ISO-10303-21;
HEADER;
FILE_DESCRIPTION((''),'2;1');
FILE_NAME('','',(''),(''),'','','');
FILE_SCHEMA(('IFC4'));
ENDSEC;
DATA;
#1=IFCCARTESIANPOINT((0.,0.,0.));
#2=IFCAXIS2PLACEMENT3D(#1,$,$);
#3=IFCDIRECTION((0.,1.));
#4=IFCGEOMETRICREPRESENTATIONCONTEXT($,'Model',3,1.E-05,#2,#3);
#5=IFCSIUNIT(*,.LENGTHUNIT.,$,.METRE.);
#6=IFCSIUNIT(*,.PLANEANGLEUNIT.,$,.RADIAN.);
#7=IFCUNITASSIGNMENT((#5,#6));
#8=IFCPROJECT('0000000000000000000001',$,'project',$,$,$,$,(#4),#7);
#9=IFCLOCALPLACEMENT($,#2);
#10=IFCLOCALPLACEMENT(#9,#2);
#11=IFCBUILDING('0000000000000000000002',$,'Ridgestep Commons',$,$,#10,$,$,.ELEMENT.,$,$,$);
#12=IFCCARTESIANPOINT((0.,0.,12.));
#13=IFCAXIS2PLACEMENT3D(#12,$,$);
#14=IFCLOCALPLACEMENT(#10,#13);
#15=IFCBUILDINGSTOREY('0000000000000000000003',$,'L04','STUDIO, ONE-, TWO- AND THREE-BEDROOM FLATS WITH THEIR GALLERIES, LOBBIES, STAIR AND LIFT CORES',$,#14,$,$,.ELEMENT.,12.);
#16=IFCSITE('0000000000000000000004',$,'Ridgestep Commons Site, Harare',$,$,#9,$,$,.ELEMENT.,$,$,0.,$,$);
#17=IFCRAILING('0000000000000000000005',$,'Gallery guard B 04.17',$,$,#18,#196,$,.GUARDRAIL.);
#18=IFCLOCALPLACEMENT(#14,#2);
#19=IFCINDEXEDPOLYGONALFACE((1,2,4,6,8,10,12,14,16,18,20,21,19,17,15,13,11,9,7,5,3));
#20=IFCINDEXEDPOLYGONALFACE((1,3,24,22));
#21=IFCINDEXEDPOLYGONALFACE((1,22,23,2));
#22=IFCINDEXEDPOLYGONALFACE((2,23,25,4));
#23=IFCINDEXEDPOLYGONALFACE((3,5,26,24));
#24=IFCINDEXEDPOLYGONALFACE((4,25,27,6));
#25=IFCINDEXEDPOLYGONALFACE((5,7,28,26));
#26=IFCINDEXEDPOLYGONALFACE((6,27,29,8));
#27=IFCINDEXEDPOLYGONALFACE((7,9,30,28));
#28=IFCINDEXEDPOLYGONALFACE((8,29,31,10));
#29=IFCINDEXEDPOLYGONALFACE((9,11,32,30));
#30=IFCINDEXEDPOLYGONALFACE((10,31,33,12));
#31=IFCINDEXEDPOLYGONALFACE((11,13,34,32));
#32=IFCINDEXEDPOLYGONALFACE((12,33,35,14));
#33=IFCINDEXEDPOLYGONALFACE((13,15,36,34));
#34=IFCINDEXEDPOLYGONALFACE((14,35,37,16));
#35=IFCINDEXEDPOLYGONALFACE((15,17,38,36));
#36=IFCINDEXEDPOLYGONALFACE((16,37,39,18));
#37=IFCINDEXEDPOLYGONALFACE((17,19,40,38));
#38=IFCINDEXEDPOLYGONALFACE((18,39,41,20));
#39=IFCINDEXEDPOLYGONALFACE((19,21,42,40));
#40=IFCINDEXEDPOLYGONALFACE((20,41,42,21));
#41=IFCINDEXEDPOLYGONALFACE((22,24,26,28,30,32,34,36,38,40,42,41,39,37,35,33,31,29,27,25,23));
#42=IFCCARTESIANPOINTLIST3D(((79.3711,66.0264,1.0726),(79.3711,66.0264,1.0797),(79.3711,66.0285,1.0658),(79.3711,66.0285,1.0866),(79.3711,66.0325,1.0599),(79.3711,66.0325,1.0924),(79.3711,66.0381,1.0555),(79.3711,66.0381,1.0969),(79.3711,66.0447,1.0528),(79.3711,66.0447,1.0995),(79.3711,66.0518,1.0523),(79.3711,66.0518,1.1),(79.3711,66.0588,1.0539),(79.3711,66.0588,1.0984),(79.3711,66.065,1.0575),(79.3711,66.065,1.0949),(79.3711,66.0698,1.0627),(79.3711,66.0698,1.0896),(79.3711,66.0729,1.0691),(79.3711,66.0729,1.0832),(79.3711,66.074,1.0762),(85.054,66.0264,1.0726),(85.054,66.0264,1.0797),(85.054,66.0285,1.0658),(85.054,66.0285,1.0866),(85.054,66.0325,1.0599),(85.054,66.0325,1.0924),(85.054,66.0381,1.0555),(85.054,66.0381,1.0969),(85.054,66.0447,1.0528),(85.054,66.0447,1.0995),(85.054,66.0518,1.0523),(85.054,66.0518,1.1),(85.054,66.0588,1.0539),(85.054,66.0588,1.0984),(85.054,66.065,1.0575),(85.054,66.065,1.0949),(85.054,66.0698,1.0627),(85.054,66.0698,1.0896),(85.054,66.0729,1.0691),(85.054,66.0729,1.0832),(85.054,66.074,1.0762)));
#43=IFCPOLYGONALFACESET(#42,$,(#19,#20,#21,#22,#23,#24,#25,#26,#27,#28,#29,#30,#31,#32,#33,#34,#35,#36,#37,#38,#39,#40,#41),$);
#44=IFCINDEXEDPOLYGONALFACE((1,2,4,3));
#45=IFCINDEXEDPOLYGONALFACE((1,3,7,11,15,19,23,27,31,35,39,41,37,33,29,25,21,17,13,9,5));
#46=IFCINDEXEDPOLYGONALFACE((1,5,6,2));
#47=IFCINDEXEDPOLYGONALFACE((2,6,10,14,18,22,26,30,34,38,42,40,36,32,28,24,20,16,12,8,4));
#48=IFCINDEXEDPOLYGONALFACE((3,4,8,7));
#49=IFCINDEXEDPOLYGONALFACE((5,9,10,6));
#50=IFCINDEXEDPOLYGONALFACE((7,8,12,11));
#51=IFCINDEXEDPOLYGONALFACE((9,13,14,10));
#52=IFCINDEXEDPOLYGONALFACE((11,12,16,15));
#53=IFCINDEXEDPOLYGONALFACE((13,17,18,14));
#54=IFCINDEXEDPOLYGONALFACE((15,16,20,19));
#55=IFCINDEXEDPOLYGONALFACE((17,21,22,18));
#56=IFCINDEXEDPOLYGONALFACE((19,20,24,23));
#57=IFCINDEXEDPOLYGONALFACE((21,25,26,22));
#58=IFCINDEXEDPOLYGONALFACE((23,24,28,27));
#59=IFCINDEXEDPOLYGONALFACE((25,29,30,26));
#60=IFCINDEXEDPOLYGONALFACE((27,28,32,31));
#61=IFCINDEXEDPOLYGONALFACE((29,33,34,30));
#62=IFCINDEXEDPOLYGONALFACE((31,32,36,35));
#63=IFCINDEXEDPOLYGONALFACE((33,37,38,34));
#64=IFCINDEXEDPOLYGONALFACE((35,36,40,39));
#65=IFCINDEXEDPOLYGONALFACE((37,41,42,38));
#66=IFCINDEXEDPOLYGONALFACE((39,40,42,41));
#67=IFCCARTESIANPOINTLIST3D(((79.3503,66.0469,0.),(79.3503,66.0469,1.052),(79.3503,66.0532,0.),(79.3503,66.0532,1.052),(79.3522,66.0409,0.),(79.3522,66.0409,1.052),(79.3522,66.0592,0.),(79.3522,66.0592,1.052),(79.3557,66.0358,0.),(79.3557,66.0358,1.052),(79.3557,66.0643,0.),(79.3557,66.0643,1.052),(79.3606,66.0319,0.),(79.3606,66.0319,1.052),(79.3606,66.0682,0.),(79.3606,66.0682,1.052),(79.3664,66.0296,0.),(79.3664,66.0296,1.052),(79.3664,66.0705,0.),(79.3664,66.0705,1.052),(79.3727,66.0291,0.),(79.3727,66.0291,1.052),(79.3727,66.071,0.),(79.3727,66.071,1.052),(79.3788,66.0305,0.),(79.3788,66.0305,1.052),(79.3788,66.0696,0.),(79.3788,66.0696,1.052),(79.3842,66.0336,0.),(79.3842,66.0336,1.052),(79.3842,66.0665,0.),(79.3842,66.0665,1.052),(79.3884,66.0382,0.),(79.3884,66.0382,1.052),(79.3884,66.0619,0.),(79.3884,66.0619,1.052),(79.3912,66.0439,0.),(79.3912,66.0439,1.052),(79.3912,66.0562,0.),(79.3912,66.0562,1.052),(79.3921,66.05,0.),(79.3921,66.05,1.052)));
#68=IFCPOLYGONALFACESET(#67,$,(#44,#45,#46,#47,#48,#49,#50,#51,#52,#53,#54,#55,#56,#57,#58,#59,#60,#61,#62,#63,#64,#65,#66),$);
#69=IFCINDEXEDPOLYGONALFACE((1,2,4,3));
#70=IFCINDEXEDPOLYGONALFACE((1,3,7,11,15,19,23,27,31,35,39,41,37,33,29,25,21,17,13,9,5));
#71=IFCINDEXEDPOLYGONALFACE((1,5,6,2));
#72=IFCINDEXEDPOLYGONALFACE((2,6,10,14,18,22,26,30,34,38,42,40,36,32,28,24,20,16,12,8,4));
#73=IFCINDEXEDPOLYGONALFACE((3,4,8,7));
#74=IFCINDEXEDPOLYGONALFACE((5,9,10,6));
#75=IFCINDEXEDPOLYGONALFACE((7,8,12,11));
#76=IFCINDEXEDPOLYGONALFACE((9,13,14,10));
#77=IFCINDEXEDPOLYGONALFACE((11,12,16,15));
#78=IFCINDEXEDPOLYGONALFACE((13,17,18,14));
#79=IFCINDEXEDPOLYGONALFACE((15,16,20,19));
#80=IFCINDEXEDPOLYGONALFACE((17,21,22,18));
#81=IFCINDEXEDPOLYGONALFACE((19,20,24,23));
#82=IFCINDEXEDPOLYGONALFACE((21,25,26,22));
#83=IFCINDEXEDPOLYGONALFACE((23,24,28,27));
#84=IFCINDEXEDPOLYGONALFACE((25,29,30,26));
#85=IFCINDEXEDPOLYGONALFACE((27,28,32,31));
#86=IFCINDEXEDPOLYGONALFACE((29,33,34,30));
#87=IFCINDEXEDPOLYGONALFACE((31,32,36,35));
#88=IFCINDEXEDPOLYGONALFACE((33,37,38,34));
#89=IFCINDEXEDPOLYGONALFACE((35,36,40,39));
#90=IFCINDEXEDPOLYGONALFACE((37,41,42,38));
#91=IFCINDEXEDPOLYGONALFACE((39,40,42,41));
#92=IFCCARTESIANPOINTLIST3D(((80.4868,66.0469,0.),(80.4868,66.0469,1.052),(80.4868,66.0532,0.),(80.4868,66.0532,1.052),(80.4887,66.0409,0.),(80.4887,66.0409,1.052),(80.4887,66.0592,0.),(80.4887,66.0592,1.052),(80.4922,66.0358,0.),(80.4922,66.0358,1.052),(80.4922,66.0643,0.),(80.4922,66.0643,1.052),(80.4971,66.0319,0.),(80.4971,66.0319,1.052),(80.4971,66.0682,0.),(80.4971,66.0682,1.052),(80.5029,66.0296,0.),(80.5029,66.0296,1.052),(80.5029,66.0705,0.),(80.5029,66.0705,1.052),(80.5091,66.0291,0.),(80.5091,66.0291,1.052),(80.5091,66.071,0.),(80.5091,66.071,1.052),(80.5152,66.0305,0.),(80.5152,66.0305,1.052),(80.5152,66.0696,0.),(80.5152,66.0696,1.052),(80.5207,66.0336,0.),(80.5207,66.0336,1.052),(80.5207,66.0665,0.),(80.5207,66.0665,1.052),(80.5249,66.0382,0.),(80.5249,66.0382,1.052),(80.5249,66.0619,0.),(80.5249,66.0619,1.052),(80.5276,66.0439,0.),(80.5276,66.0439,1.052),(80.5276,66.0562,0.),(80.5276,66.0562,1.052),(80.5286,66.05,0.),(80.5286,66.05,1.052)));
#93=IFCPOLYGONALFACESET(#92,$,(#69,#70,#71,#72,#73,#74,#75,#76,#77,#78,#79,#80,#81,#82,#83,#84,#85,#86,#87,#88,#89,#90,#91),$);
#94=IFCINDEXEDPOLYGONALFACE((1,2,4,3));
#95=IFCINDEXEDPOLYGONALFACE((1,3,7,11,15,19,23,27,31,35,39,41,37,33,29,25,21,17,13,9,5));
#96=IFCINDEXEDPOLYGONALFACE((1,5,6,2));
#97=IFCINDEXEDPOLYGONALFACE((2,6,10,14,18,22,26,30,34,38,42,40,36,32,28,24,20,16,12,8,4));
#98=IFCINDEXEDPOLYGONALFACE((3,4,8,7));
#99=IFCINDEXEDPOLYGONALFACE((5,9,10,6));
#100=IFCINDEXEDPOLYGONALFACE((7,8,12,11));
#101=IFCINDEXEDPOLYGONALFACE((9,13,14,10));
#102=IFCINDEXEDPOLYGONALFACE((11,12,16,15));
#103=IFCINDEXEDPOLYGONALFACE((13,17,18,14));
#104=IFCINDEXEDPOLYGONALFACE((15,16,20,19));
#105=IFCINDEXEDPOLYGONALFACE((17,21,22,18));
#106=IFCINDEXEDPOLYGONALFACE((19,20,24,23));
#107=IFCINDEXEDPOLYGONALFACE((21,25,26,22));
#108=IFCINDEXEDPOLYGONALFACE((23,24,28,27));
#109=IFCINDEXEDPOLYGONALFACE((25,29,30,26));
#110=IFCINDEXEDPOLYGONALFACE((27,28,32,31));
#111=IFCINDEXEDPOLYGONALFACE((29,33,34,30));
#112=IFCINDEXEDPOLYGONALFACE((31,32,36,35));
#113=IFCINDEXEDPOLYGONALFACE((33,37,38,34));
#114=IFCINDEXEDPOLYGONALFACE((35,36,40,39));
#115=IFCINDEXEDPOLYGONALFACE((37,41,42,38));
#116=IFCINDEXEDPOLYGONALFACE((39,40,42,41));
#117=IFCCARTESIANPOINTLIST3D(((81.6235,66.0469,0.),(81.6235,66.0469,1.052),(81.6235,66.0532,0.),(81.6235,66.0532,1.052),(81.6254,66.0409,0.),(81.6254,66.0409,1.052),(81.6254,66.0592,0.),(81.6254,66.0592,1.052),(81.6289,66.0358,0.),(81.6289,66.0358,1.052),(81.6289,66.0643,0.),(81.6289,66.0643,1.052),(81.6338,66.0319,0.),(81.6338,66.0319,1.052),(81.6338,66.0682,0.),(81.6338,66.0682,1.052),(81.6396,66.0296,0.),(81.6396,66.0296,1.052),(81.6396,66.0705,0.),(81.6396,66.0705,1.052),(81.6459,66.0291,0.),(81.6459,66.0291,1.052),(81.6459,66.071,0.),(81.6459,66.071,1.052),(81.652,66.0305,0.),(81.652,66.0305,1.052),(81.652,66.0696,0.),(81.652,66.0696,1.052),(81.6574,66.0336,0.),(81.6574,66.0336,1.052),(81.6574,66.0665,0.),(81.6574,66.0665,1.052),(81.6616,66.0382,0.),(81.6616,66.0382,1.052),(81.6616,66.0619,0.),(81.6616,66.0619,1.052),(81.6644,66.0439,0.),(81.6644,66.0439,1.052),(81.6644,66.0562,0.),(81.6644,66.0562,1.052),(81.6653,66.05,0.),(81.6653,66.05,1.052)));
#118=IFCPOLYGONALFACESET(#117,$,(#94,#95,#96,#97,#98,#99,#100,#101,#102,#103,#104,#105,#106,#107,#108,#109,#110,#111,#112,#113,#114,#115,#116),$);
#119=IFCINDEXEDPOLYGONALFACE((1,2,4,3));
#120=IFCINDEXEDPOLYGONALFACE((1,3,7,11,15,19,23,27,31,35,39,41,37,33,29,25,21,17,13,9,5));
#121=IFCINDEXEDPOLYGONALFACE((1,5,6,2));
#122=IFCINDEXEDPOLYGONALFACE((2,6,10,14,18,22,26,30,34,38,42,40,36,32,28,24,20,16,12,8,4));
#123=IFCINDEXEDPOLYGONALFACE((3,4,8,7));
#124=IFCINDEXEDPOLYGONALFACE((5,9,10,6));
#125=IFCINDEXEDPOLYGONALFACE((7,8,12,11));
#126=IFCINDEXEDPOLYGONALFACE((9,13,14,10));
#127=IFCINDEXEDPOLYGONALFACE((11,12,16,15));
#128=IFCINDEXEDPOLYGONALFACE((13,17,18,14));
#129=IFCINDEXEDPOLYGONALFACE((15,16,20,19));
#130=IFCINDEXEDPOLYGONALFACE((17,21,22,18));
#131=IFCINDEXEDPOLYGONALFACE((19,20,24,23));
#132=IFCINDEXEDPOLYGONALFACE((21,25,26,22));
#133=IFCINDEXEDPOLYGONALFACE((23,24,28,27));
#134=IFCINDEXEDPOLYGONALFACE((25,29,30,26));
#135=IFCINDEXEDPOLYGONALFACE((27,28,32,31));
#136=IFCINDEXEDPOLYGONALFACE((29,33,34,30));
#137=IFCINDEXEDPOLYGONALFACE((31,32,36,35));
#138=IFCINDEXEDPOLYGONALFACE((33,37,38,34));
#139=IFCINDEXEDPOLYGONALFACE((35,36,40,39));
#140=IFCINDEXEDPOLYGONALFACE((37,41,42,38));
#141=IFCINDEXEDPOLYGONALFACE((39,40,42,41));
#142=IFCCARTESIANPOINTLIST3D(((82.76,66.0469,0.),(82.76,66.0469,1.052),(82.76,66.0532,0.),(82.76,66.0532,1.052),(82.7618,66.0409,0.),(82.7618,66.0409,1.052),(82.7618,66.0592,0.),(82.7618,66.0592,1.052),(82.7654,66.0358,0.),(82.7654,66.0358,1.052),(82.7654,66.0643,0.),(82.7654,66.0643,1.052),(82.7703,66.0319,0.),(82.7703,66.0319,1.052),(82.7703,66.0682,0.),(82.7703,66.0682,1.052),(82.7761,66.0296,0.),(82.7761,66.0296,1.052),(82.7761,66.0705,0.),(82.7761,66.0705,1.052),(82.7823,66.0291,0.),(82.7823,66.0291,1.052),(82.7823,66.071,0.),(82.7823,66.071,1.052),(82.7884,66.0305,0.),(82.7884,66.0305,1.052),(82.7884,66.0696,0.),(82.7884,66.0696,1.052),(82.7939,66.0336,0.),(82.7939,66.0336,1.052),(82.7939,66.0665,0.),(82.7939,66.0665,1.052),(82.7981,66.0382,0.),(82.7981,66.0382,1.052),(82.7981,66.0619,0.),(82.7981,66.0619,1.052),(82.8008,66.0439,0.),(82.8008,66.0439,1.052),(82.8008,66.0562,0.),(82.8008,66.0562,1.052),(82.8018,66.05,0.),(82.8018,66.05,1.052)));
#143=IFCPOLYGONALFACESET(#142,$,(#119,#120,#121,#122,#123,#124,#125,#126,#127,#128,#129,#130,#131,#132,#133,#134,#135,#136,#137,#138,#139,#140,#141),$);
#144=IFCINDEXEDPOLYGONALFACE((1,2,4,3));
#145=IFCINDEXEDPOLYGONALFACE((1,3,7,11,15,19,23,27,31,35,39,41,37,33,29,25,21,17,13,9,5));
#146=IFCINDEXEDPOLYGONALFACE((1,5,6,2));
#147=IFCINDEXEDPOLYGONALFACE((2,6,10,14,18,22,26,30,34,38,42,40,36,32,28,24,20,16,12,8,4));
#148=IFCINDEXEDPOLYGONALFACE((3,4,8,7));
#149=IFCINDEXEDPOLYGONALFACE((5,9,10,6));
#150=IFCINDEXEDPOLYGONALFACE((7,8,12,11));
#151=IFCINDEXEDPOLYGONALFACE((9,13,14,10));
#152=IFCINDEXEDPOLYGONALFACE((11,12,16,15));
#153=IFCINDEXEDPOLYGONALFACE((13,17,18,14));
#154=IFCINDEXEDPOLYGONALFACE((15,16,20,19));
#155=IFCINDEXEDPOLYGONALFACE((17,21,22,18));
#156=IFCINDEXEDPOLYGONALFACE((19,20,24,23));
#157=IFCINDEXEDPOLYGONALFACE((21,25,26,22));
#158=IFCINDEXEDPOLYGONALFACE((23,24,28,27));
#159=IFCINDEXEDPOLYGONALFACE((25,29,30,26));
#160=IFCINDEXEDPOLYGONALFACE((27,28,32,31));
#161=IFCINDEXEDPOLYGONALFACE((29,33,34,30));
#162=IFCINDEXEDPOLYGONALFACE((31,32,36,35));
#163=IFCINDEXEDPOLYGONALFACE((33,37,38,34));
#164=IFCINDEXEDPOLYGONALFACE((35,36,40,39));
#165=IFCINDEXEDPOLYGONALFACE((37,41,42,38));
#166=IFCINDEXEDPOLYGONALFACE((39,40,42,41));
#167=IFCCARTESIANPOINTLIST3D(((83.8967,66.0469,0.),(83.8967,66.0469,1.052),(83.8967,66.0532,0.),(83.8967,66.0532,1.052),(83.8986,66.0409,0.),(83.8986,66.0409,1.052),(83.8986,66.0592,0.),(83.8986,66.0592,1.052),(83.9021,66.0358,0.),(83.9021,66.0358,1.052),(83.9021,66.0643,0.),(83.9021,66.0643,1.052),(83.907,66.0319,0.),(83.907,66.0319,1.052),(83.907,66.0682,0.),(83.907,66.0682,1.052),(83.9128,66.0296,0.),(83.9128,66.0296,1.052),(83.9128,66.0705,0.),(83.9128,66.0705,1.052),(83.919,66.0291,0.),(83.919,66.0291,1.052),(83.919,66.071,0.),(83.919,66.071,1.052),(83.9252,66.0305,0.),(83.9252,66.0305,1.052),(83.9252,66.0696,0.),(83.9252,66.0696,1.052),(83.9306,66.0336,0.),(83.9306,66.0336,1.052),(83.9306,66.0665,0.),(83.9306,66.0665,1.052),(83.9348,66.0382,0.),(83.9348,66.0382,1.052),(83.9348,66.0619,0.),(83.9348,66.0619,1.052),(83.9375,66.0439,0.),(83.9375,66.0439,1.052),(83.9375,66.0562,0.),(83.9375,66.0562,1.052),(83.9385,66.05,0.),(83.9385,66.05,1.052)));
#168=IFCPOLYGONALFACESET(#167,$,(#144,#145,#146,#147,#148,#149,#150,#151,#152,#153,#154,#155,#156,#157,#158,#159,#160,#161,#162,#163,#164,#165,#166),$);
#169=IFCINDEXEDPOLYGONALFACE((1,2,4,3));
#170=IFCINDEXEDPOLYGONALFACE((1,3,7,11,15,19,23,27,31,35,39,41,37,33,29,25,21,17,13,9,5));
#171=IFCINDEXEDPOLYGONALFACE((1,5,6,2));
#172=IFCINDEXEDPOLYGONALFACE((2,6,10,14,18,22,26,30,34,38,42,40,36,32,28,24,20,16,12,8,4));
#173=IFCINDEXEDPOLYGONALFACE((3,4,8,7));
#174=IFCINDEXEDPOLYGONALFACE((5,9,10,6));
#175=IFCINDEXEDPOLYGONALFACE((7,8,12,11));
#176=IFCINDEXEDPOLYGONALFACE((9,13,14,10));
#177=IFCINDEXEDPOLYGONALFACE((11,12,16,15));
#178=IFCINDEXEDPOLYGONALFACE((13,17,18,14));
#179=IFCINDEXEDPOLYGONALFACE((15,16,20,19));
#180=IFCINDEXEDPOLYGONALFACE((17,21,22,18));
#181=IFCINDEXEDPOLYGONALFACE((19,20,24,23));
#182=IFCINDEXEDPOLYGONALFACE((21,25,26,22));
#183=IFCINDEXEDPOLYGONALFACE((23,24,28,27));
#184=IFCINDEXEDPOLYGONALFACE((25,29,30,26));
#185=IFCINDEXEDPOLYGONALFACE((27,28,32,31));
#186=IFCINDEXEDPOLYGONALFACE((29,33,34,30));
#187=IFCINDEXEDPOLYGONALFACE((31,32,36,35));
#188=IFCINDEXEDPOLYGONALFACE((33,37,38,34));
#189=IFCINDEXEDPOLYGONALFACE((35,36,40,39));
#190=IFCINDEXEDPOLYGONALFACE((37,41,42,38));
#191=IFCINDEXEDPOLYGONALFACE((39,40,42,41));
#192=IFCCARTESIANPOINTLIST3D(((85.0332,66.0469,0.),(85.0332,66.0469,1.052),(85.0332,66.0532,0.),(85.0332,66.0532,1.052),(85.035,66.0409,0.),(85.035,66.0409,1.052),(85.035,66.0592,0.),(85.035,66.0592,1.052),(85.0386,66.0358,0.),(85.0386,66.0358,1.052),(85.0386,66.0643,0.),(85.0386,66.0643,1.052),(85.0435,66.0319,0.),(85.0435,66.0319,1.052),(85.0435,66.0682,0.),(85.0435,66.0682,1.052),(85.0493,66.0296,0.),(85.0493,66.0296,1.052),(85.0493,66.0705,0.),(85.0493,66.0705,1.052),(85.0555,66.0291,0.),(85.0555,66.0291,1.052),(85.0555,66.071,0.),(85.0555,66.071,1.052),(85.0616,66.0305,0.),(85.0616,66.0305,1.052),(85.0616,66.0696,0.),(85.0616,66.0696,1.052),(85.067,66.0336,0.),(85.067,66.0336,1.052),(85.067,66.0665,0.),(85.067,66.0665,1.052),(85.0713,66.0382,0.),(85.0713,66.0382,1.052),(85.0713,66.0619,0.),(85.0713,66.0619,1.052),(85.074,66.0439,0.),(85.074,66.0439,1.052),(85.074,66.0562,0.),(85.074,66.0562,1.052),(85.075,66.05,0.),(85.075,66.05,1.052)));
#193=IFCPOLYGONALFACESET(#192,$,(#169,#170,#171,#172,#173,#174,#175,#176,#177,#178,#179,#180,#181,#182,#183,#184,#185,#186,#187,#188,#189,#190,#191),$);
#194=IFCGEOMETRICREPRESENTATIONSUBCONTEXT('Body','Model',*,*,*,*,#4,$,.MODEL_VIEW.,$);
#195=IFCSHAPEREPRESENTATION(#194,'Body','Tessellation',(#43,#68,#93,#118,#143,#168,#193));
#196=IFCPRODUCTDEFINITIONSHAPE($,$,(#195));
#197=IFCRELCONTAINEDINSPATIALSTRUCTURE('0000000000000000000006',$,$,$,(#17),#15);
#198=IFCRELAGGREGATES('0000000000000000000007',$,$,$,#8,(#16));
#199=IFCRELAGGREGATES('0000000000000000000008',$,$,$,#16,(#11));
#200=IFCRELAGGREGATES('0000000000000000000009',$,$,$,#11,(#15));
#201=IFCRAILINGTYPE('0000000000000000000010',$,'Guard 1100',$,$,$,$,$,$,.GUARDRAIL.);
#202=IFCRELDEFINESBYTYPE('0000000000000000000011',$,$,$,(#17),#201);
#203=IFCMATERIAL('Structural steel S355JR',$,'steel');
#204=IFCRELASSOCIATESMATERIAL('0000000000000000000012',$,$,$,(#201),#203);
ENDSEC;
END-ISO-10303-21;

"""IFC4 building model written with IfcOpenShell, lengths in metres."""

from ifc_helpers import new_model, si_unit, direction, frame, origin, origin_2d, place, context, subcontext, project, spatial, circle, extrude, material, type_object, element, save


model = new_model("IFC4")

# Units and contexts
model_context = context("Model", 3, precision=1e-05, world=origin(), true_north=direction((0.0, 1.0)))
body_context = subcontext(model_context, "Body", "Model", "MODEL_VIEW")
ifc_project = project(units=[si_unit("LENGTHUNIT", "METRE"), si_unit("PLANEANGLEUNIT", "RADIAN")], contexts=[model_context])

# Site, building, storey
site_placement = place(None, origin())
site = spatial("IfcSite", under=ifc_project, at=site_placement, Name="Ridgestep Commons Site, Harare", CompositionType="ELEMENT", RefElevation=0.0)
building_placement = place(site_placement, origin())
building = spatial("IfcBuilding", under=site, at=building_placement, Name="Ridgestep Commons", CompositionType="ELEMENT")
storey_placement = place(building_placement, frame((0.0, 0.0, 12.0)))
storey = spatial("IfcBuildingStorey", under=building, at=storey_placement, Name="L04", Description="STUDIO, ONE-, TWO- AND THREE-BEDROOM FLATS WITH THEIR GALLERIES, LOBBIES, STAIR AND LIFT CORES", CompositionType="ELEMENT", Elevation=12.0)

# Railing
ifc_material_1 = material(Name="Structural steel S355JR", Category="steel")
railing_type_1 = type_object("IfcRailingType", Name="Guard 1100", PredefinedType="GUARDRAIL", material=ifc_material_1)
railing_1_placement = place(storey_placement, frame((79.3711, 66.05, 0.0)))
element("IfcRailing", 1, at=railing_1_placement, inside=storey, type_object=railing_type_1, Name="Gallery guard B 04.17", PredefinedType="GUARDRAIL", context=body_context, shape_type="SweptSolid", body=[
    extrude(circle(Radius=0.0239, at=origin_2d()), frame((0.0, 0.0, 1.0762), z_axis=(1.0, 0.0, 0.0), x_axis=(0.0, 1.0, 0.0)), (0.0, 0.0, 1.0), 5.6829),
    extrude(circle(Radius=0.021, at=origin_2d()), origin(), (0.0, 0.0, 1.0), 1.052),
    extrude(circle(Radius=0.021, at=origin_2d()), frame((1.1365, 0.0, 0.0)), (0.0, 0.0, 1.0), 1.052),
    extrude(circle(Radius=0.021, at=origin_2d()), frame((2.2732, 0.0, 0.0)), (0.0, 0.0, 1.0), 1.052),
    extrude(circle(Radius=0.021, at=origin_2d()), frame((3.4097, 0.0, 0.0)), (0.0, 0.0, 1.0), 1.052),
    extrude(circle(Radius=0.021, at=origin_2d()), frame((4.5464, 0.0, 0.0)), (0.0, 0.0, 1.0), 1.052),
    extrude(circle(Radius=0.021, at=origin_2d()), frame((5.6829, 0.0, 0.0)), (0.0, 0.0, 1.0), 1.052),
])

save(model, "model.ifc")
